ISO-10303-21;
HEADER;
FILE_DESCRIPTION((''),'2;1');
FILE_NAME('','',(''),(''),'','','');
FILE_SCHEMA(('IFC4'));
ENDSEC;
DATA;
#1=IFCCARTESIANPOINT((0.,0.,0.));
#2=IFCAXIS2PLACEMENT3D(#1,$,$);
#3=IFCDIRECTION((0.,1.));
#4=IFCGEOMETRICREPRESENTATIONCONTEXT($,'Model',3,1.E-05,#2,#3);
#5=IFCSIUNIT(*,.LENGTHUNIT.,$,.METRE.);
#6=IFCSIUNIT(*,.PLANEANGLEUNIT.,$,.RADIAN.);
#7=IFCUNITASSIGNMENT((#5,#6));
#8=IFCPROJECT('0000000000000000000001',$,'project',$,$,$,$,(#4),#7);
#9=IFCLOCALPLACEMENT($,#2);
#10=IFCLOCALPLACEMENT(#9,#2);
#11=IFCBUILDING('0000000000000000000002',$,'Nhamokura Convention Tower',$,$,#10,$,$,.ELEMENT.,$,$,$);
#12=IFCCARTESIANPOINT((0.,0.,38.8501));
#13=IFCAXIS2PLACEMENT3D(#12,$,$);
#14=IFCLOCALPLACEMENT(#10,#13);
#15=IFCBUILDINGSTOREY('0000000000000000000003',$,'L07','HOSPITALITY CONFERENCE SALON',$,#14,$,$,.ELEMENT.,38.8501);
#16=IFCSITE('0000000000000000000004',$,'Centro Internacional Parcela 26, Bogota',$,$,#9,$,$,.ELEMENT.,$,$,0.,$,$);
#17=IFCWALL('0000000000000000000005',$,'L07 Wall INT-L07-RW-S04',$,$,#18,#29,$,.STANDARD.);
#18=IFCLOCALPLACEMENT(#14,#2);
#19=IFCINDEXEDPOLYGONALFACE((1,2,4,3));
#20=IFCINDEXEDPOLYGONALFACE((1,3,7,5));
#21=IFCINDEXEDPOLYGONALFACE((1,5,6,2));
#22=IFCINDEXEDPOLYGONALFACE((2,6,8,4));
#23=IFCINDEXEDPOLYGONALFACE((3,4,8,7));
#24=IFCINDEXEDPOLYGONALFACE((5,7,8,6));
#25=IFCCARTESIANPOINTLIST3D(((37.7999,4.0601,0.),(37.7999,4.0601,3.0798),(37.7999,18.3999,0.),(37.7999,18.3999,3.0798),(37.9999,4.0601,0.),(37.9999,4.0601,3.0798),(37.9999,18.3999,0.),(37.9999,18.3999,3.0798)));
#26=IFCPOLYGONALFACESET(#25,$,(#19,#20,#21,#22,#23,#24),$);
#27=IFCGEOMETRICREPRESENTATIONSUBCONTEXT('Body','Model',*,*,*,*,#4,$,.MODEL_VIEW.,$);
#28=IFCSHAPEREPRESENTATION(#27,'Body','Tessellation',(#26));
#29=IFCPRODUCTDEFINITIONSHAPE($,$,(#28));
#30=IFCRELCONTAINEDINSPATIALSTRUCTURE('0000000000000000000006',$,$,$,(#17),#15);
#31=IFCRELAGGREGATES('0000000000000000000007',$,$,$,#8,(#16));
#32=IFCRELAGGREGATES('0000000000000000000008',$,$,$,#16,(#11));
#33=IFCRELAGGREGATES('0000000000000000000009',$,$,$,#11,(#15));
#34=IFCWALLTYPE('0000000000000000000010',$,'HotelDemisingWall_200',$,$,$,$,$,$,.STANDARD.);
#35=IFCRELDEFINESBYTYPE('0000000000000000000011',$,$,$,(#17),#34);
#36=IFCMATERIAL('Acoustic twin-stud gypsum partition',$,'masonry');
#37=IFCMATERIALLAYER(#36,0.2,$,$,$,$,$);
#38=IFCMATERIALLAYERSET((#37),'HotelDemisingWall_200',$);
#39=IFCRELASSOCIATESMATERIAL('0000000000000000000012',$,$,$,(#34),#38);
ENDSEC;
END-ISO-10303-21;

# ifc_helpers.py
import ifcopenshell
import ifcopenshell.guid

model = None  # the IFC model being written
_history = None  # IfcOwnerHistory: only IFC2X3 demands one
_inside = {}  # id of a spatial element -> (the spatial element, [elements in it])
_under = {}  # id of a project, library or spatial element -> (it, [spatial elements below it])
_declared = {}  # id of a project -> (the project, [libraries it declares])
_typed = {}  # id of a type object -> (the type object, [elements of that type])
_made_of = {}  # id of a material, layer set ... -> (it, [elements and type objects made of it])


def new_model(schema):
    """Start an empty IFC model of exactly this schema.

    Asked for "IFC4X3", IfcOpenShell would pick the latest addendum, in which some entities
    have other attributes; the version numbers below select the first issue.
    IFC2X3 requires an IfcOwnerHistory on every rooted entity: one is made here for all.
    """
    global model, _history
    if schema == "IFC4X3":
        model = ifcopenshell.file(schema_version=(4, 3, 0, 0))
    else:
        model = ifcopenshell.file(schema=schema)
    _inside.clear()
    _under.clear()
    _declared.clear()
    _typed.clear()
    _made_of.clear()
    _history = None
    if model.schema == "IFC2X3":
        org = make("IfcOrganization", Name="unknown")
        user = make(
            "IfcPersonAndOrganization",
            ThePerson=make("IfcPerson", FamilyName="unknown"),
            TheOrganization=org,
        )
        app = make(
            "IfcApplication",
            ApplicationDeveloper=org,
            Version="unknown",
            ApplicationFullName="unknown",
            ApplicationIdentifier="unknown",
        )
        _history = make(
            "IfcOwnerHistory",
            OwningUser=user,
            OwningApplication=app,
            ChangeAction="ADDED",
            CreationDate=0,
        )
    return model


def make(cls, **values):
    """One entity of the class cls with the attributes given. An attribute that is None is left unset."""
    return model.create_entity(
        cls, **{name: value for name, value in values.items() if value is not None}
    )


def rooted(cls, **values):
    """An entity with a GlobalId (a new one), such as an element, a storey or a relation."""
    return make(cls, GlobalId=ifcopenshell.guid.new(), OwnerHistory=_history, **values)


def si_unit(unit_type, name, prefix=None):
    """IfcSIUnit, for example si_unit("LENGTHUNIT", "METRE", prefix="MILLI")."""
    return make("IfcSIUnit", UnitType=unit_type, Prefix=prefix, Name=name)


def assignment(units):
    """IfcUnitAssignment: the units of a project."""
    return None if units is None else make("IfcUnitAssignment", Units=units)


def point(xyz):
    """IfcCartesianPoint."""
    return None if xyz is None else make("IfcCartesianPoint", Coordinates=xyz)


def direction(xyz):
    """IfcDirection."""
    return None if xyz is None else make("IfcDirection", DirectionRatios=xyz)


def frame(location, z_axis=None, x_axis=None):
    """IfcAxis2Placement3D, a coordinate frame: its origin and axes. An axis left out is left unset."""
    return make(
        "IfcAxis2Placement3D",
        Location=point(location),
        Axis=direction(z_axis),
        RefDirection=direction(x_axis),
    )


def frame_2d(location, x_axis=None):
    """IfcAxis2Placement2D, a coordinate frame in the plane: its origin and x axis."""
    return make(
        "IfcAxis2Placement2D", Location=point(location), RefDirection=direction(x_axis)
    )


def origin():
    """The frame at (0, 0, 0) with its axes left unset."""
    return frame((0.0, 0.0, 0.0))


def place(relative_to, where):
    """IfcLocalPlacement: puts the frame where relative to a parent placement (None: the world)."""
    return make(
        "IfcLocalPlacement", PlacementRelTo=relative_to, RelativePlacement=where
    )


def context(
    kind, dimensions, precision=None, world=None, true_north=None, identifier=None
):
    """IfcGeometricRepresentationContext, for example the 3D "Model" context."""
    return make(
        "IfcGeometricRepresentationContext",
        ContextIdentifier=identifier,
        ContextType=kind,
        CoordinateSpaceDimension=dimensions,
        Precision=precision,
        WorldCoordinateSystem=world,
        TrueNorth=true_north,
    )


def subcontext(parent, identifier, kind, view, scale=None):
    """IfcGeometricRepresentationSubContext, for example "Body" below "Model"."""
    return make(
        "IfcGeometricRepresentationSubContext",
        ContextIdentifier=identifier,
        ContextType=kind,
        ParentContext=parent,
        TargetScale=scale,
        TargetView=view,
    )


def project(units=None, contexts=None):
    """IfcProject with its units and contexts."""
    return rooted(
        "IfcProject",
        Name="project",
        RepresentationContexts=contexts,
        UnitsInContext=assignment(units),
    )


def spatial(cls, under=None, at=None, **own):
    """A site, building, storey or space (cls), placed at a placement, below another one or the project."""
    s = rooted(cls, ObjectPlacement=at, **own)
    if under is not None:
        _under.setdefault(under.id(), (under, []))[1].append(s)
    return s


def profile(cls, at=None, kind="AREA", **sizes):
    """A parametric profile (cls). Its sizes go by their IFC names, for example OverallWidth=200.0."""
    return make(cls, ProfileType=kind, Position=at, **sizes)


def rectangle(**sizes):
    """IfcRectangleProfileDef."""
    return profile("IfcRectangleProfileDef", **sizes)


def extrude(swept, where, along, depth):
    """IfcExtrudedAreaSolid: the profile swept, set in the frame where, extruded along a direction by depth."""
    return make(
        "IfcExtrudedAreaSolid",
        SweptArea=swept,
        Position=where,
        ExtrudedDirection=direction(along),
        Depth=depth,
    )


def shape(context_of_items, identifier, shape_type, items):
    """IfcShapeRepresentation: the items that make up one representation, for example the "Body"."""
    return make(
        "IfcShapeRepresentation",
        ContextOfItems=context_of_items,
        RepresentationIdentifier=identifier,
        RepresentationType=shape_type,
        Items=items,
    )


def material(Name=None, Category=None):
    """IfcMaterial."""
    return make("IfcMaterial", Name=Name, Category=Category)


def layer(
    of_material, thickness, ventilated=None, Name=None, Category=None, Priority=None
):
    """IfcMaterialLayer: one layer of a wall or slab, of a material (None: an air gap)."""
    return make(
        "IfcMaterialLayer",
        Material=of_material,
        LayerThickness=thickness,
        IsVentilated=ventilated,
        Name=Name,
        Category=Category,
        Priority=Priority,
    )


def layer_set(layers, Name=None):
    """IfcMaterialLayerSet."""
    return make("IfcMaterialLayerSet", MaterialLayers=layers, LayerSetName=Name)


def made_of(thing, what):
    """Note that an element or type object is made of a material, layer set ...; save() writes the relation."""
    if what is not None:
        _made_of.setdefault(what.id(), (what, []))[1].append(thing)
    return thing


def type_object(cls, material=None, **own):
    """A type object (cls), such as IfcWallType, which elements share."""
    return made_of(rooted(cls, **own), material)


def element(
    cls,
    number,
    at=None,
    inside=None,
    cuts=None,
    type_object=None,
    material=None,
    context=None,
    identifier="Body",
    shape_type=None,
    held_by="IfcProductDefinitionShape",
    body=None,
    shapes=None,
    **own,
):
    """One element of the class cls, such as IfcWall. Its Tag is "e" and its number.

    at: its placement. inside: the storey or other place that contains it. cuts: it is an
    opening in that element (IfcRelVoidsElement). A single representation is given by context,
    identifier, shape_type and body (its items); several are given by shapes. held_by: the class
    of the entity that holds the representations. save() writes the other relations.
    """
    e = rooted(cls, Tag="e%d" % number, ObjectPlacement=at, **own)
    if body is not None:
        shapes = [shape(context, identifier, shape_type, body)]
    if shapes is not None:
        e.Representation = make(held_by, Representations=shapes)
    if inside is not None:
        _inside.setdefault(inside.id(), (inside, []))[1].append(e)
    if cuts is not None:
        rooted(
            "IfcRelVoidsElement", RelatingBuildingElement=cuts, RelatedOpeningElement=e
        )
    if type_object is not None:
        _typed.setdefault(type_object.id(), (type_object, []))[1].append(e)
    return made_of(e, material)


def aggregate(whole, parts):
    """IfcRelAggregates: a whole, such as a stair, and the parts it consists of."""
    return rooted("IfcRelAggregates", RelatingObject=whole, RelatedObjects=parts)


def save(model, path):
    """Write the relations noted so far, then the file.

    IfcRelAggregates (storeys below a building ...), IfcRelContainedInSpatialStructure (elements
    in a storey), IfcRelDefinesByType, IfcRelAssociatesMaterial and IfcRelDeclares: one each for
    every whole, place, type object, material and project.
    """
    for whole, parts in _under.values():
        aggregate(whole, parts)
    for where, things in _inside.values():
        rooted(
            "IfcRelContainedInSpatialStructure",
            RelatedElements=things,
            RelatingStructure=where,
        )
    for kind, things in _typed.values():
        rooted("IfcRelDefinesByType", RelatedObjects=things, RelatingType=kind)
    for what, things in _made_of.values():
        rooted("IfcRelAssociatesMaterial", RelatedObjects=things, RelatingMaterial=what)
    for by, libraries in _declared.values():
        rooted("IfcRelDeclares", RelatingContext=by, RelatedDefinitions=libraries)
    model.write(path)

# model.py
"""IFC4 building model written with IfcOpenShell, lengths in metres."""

from ifc_helpers import new_model, si_unit, direction, frame, frame_2d, origin, place, context, subcontext, project, spatial, rectangle, extrude, material, layer, layer_set, type_object, element, save


model = new_model("IFC4")

# Units and contexts
model_context = context("Model", 3, precision=1e-05, world=origin(), true_north=direction((0.0, 1.0)))
body_context = subcontext(model_context, "Body", "Model", "MODEL_VIEW")
ifc_project = project(units=[si_unit("LENGTHUNIT", "METRE"), si_unit("PLANEANGLEUNIT", "RADIAN")], contexts=[model_context])

# Site, building, storey
site_placement = place(None, origin())
site = spatial("IfcSite", under=ifc_project, at=site_placement, Name="Centro Internacional Parcela 26, Bogota", CompositionType="ELEMENT", RefElevation=0.0)
building_placement = place(site_placement, origin())
building = spatial("IfcBuilding", under=site, at=building_placement, Name="Nhamokura Convention Tower", CompositionType="ELEMENT")
storey_placement = place(building_placement, frame((0.0, 0.0, 38.8501)))
storey = spatial("IfcBuildingStorey", under=building, at=storey_placement, Name="L07", Description="HOSPITALITY CONFERENCE SALON", CompositionType="ELEMENT", Elevation=38.8501)

# Wall
ifc_material_1 = material(Name="Acoustic twin-stud gypsum partition", Category="masonry")
ifc_layer_1 = layer(ifc_material_1, 0.2)
ifc_layer_set_1 = layer_set([ifc_layer_1], Name="HotelDemisingWall_200")
wall_type_1 = type_object("IfcWallType", Name="HotelDemisingWall_200", PredefinedType="STANDARD", material=ifc_layer_set_1)
for number, where, z_axis, x_axis, name in (
    (1, (37.8999, 4.0601, 0.0), (0.0, 0.0, 1.0), (0.0, 1.0, 0.0), "L07 Wall INT-L07-RW-S04"),
):
    element("IfcWall", number, at=place(storey_placement, frame(where, z_axis=z_axis, x_axis=x_axis)), inside=storey, type_object=wall_type_1, Name=name, PredefinedType="STANDARD", context=body_context, shape_type="SweptSolid", body=[
        extrude(rectangle(XDim=14.3398, YDim=0.2, at=frame_2d((7.1699, 0.0))), origin(), (0.0, 0.0, 1.0), 3.0798),
    ])

save(model, "model.ifc")
